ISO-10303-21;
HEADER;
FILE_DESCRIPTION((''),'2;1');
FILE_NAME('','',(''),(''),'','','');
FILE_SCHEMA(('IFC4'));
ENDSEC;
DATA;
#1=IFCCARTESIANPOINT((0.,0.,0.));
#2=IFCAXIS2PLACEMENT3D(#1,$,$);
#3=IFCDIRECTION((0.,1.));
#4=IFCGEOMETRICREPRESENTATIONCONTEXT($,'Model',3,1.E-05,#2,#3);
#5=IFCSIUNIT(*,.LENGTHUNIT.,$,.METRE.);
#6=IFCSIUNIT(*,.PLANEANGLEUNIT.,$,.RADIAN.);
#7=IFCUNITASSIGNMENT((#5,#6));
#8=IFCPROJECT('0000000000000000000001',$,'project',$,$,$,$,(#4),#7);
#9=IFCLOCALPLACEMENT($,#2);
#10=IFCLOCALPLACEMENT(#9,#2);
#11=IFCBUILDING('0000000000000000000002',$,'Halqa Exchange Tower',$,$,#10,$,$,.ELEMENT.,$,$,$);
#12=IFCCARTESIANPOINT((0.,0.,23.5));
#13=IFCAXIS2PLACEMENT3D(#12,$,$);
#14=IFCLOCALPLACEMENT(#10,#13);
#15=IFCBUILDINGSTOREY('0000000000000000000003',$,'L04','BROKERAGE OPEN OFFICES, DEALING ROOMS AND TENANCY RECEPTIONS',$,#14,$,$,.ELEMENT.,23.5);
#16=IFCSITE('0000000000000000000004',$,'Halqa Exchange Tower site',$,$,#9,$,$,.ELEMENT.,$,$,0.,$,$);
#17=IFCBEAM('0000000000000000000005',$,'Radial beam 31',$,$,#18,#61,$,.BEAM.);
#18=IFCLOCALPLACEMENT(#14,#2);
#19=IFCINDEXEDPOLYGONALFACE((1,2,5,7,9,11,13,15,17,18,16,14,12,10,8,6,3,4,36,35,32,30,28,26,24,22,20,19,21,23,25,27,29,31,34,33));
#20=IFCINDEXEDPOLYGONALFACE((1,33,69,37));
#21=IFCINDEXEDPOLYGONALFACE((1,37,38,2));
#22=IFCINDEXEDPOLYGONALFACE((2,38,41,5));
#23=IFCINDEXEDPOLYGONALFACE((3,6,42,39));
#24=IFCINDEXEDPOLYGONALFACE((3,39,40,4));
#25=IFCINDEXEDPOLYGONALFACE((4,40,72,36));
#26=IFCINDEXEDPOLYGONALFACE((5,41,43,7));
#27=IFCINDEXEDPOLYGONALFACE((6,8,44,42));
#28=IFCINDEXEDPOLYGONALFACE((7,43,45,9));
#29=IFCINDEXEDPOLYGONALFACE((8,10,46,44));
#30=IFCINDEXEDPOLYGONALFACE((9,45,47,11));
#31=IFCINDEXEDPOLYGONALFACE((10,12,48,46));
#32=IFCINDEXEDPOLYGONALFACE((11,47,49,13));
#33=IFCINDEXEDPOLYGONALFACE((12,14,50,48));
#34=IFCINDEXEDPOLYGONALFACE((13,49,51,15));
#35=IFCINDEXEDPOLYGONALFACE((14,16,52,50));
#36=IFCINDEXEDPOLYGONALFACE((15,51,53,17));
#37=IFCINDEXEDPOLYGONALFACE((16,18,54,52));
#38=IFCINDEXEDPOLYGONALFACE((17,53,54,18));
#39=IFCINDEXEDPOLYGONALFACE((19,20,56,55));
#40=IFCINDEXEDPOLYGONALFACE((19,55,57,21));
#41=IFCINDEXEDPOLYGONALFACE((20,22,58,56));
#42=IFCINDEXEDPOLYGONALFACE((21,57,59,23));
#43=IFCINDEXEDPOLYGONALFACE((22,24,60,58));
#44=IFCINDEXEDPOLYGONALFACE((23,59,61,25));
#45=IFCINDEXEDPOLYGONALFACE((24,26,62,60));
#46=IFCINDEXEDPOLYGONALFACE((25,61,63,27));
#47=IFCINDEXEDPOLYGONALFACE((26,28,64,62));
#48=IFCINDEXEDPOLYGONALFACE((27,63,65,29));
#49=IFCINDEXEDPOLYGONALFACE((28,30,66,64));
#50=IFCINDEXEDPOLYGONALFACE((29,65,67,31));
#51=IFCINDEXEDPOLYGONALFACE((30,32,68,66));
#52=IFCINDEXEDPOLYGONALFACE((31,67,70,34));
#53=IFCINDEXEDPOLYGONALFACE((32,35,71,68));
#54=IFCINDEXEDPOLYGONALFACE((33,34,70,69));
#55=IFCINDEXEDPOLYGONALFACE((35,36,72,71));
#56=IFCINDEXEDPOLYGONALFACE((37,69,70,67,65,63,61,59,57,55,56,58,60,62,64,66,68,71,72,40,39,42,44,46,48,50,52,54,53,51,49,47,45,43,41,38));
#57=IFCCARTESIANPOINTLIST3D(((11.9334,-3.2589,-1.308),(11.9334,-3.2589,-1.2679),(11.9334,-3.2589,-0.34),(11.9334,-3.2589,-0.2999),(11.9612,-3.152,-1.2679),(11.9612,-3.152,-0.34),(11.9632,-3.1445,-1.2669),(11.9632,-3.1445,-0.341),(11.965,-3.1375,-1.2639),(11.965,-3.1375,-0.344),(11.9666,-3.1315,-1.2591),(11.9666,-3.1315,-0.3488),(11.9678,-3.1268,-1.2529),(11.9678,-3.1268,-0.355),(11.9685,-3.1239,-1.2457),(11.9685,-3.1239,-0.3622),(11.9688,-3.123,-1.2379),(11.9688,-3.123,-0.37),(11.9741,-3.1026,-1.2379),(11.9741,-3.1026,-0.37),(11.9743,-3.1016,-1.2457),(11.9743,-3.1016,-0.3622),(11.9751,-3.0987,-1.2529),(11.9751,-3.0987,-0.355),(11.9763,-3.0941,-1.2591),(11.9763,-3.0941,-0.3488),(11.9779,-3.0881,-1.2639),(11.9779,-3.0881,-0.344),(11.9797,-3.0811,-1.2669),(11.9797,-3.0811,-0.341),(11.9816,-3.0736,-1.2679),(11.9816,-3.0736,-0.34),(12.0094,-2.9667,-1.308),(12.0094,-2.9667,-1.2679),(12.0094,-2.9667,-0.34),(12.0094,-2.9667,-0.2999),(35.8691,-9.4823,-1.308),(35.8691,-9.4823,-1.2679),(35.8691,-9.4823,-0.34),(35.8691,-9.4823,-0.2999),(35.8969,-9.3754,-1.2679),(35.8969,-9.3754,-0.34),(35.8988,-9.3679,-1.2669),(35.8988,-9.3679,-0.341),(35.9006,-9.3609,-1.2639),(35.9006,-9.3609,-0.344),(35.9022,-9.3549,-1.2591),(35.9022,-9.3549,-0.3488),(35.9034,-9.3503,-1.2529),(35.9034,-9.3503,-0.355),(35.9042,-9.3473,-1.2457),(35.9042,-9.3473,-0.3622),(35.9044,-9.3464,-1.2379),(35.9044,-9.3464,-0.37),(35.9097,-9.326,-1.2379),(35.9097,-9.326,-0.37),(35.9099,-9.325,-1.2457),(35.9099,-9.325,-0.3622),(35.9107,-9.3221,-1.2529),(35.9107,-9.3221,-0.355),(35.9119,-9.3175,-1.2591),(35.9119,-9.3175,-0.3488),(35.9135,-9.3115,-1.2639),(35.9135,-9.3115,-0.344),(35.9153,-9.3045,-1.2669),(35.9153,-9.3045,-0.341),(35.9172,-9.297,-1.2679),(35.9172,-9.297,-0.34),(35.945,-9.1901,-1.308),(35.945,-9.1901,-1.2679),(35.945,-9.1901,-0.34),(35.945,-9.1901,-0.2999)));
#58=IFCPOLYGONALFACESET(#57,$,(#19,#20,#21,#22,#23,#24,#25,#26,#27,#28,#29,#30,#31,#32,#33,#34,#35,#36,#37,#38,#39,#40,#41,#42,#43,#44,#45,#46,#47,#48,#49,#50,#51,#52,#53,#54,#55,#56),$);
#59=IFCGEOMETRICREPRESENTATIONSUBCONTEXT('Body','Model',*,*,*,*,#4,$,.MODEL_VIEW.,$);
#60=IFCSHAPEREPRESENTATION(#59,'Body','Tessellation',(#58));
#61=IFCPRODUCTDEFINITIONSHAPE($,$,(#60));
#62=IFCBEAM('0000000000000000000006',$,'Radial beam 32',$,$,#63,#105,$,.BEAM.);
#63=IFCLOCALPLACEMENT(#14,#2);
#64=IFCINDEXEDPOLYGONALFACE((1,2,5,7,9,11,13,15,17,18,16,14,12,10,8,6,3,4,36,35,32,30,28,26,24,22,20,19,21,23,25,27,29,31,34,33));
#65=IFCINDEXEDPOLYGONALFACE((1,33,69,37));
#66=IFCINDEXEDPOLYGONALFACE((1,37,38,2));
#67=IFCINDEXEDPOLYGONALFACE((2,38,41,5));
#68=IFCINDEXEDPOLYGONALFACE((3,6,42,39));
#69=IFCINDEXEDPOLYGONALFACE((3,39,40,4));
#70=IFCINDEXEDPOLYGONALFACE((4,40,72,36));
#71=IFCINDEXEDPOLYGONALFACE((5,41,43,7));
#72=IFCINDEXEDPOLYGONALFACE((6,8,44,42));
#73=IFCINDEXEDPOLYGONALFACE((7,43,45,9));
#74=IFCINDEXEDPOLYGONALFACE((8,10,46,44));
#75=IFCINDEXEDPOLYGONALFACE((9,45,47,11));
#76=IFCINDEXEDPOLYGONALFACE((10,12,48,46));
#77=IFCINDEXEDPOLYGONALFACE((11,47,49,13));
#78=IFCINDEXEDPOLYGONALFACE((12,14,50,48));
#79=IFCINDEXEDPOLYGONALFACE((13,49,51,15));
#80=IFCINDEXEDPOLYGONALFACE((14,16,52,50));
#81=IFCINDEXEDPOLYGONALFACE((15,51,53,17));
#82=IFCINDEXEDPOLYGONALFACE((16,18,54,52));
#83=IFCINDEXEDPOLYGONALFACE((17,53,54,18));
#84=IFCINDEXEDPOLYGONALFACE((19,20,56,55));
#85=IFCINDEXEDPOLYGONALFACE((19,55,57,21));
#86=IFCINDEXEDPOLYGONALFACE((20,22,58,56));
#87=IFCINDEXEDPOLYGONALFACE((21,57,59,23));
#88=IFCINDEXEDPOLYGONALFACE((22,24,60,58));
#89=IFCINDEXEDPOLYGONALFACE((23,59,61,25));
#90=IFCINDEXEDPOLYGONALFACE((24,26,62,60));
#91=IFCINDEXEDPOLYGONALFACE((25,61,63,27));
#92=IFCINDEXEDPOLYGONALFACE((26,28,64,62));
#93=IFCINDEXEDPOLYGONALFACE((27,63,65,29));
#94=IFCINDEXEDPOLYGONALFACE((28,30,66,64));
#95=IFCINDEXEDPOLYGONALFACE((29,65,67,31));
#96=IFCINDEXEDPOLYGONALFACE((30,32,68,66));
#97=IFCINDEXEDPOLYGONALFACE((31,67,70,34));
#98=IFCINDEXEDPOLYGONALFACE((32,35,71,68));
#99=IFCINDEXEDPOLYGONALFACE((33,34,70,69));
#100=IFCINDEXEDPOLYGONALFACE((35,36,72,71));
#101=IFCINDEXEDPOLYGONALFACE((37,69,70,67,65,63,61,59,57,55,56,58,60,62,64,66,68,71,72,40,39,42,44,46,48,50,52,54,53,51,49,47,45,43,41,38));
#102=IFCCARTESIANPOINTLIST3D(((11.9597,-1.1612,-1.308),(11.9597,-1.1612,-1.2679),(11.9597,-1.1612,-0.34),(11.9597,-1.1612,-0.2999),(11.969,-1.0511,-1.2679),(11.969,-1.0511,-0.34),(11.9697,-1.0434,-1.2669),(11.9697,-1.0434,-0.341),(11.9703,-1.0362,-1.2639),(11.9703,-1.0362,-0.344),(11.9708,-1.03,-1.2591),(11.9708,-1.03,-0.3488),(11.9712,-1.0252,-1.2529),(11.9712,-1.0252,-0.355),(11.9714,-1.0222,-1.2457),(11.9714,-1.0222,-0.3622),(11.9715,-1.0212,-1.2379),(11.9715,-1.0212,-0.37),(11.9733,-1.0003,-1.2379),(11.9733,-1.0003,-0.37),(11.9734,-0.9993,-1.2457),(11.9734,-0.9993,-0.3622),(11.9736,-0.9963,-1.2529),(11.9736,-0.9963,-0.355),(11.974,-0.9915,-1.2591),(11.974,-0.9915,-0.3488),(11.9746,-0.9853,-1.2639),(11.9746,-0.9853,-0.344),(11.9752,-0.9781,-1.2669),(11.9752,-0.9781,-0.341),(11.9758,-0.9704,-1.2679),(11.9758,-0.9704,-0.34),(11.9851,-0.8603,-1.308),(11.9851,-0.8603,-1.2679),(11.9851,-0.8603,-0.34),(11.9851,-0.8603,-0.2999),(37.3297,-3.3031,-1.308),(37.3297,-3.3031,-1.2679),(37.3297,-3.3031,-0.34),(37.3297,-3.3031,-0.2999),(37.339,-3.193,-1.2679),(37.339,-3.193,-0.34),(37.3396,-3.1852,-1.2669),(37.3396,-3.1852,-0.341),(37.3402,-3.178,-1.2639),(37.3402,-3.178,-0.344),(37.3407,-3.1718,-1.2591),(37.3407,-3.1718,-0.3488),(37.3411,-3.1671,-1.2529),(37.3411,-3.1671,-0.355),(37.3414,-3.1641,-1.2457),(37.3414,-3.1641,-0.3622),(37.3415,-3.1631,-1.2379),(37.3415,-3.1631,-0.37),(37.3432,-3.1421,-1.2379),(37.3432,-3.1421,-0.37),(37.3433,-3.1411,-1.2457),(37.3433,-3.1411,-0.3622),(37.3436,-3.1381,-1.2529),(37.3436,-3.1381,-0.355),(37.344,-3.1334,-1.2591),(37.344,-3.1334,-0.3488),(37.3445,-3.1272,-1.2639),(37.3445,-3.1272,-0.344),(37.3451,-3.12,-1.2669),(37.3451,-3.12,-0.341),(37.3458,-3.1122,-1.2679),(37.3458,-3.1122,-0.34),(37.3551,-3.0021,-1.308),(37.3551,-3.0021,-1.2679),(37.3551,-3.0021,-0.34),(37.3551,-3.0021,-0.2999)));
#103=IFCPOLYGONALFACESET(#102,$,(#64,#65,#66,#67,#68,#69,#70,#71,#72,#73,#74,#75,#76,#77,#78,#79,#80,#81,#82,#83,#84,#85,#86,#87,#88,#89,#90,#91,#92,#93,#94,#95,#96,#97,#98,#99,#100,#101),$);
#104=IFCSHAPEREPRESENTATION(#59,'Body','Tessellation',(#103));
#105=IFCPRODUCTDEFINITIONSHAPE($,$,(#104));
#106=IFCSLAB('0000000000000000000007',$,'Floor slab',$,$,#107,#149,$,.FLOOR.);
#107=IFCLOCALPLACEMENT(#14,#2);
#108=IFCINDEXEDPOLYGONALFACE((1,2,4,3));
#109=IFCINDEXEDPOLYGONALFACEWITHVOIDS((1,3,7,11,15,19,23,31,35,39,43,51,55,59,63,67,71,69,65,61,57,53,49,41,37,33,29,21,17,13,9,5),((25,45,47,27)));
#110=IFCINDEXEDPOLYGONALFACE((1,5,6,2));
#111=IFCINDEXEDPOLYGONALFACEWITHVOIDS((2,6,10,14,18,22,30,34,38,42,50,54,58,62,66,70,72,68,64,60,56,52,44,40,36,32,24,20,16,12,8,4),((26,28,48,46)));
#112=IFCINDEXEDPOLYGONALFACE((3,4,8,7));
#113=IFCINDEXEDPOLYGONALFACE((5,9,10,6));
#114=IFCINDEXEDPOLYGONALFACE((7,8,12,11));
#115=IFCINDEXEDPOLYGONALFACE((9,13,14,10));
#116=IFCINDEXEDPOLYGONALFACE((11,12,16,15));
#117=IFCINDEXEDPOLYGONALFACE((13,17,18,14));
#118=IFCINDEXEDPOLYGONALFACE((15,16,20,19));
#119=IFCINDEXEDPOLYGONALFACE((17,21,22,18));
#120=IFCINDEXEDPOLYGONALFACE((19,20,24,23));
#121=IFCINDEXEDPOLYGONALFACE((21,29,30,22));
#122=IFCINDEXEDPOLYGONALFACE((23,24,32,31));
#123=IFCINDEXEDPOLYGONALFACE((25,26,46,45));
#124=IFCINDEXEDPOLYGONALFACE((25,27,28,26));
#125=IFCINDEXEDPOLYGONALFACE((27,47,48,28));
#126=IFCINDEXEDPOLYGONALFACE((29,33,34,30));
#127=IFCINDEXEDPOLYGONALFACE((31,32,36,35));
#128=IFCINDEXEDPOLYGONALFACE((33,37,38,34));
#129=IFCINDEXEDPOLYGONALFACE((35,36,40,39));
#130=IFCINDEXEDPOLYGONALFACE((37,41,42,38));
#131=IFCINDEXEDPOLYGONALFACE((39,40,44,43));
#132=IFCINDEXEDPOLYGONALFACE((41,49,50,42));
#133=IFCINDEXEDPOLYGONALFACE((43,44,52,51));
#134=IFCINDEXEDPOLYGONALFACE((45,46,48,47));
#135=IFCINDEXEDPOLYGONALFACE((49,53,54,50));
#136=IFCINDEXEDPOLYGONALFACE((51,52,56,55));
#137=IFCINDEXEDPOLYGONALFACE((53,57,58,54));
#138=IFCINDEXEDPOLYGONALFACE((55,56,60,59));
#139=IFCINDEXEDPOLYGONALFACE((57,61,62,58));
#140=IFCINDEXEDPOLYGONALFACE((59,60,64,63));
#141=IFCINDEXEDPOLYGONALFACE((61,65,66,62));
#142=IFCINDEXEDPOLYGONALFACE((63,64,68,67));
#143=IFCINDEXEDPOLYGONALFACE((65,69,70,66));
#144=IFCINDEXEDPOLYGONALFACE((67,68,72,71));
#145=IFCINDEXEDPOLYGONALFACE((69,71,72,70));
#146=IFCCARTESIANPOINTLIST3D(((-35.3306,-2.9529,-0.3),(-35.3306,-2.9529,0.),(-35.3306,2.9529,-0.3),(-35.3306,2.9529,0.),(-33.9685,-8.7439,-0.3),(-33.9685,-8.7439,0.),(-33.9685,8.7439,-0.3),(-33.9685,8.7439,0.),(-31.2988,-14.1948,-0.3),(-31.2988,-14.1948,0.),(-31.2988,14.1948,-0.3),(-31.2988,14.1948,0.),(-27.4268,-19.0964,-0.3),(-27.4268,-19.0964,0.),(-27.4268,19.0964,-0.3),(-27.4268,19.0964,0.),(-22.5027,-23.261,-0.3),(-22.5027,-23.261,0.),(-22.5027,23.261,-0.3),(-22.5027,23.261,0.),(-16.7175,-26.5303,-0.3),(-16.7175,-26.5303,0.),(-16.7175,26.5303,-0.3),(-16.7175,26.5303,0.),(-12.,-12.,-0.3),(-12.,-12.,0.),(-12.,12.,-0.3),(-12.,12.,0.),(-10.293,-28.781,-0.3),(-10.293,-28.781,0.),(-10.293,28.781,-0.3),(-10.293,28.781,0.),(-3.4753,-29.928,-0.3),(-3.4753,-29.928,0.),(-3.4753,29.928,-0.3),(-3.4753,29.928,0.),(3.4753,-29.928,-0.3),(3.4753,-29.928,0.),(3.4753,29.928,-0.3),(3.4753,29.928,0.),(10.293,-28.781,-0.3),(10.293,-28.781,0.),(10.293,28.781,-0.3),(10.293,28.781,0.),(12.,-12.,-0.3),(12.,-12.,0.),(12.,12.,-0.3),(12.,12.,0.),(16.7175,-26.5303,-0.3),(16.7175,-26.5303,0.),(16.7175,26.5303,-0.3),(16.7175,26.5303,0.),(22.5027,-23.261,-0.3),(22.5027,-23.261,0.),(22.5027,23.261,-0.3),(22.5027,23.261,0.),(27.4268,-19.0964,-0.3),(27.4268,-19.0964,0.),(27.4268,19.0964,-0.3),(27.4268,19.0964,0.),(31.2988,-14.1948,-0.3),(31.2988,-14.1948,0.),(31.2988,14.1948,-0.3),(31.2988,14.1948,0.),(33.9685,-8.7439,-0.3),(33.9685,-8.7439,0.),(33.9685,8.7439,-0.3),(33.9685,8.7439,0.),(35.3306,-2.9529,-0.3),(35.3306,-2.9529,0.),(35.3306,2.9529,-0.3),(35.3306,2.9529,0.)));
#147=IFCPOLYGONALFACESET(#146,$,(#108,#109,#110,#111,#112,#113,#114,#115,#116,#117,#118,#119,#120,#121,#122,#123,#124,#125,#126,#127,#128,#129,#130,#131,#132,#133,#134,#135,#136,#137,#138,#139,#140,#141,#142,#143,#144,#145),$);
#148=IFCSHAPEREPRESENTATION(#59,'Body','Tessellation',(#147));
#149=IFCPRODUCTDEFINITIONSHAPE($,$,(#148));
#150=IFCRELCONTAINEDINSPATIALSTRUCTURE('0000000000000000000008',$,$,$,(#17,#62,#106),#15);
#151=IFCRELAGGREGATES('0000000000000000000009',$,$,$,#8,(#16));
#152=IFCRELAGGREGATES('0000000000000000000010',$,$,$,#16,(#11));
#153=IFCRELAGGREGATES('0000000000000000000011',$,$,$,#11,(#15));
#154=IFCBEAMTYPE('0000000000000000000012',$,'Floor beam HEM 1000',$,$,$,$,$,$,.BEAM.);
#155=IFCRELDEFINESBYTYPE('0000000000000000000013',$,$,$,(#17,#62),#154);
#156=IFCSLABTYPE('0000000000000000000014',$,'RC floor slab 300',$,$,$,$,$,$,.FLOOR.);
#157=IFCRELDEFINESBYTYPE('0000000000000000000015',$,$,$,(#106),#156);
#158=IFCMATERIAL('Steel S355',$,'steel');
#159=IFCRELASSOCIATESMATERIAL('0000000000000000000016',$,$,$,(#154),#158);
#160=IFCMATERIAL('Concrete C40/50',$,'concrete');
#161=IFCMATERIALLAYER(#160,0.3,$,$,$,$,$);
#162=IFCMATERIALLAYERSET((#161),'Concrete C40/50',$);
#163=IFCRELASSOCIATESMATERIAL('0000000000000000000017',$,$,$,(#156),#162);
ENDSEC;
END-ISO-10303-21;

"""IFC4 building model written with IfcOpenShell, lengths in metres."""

from ifc_helpers import new_model, si_unit, direction, frame, origin, origin_2d, place, context, subcontext, project, spatial, polyline, i_section, outline, extrude, material, layer, layer_set, material_profile, profile_set, type_object, element, save


model = new_model("IFC4")

# Units and contexts
model_context = context("Model", 3, precision=1e-05, world=origin(), true_north=direction((0.0, 1.0)))
body_context = subcontext(model_context, "Body", "Model", "MODEL_VIEW")
ifc_project = project(units=[si_unit("LENGTHUNIT", "METRE"), si_unit("PLANEANGLEUNIT", "RADIAN")], contexts=[model_context])

# Site, building, storey
site_placement = place(None, origin())
site = spatial("IfcSite", under=ifc_project, at=site_placement, Name="Halqa Exchange Tower site", CompositionType="ELEMENT", RefElevation=0.0)
building_placement = place(site_placement, origin())
building = spatial("IfcBuilding", under=site, at=building_placement, Name="Halqa Exchange Tower", CompositionType="ELEMENT")
storey_placement = place(building_placement, frame((0.0, 0.0, 23.5)))
storey = spatial("IfcBuildingStorey", under=building, at=storey_placement, Name="L04", Description="BROKERAGE OPEN OFFICES, DEALING ROOMS AND TENANCY RECEPTIONS", CompositionType="ELEMENT", Elevation=23.5)

# Beams
ifc_material_1 = material(Name="Steel S355", Category="steel")
ifc_material_profile_1 = material_profile(ifc_material_1, i_section(OverallWidth=0.302, OverallDepth=1.0081, WebThickness=0.021, FlangeThickness=0.04, FilletRadius=0.03, at=origin_2d()), Name="HEM 1000")
ifc_profile_set_1 = profile_set([ifc_material_profile_1], Name="Steel S355")
beam_type_1 = type_object("IfcBeamType", Name="Floor beam HEM 1000", PredefinedType="BEAM", material=ifc_profile_set_1)
beam_1_placement = place(storey_placement, frame((11.9714, -3.1128, -0.804), z_axis=(0.967821, -0.251639, 0.0), x_axis=(0.251639, 0.967821, 0.0)))
element("IfcBeam", 1, at=beam_1_placement, inside=storey, type_object=beam_type_1, Name="Radial beam 31", PredefinedType="BEAM", context=body_context, shape_type="SweptSolid", body=[
    extrude(i_section(OverallWidth=0.302, OverallDepth=1.0081, WebThickness=0.021, FlangeThickness=0.04, FilletRadius=0.03, at=origin_2d()), origin(), (0.0, 0.0, 1.0), 24.7314),
])
beam_2_placement = place(storey_placement, frame((11.9724, -1.0107, -0.804), z_axis=(0.996455, -0.084125, 0.0), x_axis=(0.084125, 0.996455, 0.0)))
element("IfcBeam", 2, at=beam_2_placement, inside=storey, type_object=beam_type_1, Name="Radial beam 32", PredefinedType="BEAM", context=body_context, shape_type="SweptSolid", body=[
    extrude(i_section(OverallWidth=0.302, OverallDepth=1.0081, WebThickness=0.021, FlangeThickness=0.04, FilletRadius=0.03, at=origin_2d()), origin(), (0.0, 0.0, 1.0), 25.4602),
])

# Slab
ifc_material_2 = material(Name="Concrete C40/50", Category="concrete")
ifc_layer_1 = layer(ifc_material_2, 0.3)
ifc_layer_set_1 = layer_set([ifc_layer_1], Name="Concrete C40/50")
slab_type_1 = type_object("IfcSlabType", Name="RC floor slab 300", PredefinedType="FLOOR", material=ifc_layer_set_1)
slab_1_placement = place(storey_placement, frame((0.0, 0.0, -0.3)))
element("IfcSlab", 3, at=slab_1_placement, inside=storey, type_object=slab_type_1, Name="Floor slab", PredefinedType="FLOOR", context=body_context, shape_type="SweptSolid", body=[
    extrude(outline(polyline([(35.3306, 2.9529), (33.9685, 8.7439), (31.2988, 14.1948), (27.4268, 19.0964), (22.5027, 23.261), (16.7175, 26.5303), (10.293, 28.781), (3.4753, 29.928), (-3.4753, 29.928), (-10.293, 28.781), (-16.7175, 26.5303), (-22.5027, 23.261), (-27.4268, 19.0964), (-31.2988, 14.1948), (-33.9685, 8.7439), (-35.3306, 2.9529), (-35.3306, -2.9529), (-33.9685, -8.7439), (-31.2988, -14.1948), (-27.4268, -19.0964), (-22.5027, -23.261), (-16.7175, -26.5303), (-10.293, -28.781), (-3.4753, -29.928), (3.4753, -29.928), (10.293, -28.781), (16.7175, -26.5303), (22.5027, -23.261), (27.4268, -19.0964), (31.2988, -14.1948), (33.9685, -8.7439), (35.3306, -2.9529), (35.3306, 2.9529)]), holes=[polyline([(-12.0, -12.0), (12.0, -12.0), (12.0, 12.0), (-12.0, 12.0), (-12.0, -12.0)])]), origin(), (0.0, 0.0, 1.0), 0.3),
])

save(model, "model.ifc")
